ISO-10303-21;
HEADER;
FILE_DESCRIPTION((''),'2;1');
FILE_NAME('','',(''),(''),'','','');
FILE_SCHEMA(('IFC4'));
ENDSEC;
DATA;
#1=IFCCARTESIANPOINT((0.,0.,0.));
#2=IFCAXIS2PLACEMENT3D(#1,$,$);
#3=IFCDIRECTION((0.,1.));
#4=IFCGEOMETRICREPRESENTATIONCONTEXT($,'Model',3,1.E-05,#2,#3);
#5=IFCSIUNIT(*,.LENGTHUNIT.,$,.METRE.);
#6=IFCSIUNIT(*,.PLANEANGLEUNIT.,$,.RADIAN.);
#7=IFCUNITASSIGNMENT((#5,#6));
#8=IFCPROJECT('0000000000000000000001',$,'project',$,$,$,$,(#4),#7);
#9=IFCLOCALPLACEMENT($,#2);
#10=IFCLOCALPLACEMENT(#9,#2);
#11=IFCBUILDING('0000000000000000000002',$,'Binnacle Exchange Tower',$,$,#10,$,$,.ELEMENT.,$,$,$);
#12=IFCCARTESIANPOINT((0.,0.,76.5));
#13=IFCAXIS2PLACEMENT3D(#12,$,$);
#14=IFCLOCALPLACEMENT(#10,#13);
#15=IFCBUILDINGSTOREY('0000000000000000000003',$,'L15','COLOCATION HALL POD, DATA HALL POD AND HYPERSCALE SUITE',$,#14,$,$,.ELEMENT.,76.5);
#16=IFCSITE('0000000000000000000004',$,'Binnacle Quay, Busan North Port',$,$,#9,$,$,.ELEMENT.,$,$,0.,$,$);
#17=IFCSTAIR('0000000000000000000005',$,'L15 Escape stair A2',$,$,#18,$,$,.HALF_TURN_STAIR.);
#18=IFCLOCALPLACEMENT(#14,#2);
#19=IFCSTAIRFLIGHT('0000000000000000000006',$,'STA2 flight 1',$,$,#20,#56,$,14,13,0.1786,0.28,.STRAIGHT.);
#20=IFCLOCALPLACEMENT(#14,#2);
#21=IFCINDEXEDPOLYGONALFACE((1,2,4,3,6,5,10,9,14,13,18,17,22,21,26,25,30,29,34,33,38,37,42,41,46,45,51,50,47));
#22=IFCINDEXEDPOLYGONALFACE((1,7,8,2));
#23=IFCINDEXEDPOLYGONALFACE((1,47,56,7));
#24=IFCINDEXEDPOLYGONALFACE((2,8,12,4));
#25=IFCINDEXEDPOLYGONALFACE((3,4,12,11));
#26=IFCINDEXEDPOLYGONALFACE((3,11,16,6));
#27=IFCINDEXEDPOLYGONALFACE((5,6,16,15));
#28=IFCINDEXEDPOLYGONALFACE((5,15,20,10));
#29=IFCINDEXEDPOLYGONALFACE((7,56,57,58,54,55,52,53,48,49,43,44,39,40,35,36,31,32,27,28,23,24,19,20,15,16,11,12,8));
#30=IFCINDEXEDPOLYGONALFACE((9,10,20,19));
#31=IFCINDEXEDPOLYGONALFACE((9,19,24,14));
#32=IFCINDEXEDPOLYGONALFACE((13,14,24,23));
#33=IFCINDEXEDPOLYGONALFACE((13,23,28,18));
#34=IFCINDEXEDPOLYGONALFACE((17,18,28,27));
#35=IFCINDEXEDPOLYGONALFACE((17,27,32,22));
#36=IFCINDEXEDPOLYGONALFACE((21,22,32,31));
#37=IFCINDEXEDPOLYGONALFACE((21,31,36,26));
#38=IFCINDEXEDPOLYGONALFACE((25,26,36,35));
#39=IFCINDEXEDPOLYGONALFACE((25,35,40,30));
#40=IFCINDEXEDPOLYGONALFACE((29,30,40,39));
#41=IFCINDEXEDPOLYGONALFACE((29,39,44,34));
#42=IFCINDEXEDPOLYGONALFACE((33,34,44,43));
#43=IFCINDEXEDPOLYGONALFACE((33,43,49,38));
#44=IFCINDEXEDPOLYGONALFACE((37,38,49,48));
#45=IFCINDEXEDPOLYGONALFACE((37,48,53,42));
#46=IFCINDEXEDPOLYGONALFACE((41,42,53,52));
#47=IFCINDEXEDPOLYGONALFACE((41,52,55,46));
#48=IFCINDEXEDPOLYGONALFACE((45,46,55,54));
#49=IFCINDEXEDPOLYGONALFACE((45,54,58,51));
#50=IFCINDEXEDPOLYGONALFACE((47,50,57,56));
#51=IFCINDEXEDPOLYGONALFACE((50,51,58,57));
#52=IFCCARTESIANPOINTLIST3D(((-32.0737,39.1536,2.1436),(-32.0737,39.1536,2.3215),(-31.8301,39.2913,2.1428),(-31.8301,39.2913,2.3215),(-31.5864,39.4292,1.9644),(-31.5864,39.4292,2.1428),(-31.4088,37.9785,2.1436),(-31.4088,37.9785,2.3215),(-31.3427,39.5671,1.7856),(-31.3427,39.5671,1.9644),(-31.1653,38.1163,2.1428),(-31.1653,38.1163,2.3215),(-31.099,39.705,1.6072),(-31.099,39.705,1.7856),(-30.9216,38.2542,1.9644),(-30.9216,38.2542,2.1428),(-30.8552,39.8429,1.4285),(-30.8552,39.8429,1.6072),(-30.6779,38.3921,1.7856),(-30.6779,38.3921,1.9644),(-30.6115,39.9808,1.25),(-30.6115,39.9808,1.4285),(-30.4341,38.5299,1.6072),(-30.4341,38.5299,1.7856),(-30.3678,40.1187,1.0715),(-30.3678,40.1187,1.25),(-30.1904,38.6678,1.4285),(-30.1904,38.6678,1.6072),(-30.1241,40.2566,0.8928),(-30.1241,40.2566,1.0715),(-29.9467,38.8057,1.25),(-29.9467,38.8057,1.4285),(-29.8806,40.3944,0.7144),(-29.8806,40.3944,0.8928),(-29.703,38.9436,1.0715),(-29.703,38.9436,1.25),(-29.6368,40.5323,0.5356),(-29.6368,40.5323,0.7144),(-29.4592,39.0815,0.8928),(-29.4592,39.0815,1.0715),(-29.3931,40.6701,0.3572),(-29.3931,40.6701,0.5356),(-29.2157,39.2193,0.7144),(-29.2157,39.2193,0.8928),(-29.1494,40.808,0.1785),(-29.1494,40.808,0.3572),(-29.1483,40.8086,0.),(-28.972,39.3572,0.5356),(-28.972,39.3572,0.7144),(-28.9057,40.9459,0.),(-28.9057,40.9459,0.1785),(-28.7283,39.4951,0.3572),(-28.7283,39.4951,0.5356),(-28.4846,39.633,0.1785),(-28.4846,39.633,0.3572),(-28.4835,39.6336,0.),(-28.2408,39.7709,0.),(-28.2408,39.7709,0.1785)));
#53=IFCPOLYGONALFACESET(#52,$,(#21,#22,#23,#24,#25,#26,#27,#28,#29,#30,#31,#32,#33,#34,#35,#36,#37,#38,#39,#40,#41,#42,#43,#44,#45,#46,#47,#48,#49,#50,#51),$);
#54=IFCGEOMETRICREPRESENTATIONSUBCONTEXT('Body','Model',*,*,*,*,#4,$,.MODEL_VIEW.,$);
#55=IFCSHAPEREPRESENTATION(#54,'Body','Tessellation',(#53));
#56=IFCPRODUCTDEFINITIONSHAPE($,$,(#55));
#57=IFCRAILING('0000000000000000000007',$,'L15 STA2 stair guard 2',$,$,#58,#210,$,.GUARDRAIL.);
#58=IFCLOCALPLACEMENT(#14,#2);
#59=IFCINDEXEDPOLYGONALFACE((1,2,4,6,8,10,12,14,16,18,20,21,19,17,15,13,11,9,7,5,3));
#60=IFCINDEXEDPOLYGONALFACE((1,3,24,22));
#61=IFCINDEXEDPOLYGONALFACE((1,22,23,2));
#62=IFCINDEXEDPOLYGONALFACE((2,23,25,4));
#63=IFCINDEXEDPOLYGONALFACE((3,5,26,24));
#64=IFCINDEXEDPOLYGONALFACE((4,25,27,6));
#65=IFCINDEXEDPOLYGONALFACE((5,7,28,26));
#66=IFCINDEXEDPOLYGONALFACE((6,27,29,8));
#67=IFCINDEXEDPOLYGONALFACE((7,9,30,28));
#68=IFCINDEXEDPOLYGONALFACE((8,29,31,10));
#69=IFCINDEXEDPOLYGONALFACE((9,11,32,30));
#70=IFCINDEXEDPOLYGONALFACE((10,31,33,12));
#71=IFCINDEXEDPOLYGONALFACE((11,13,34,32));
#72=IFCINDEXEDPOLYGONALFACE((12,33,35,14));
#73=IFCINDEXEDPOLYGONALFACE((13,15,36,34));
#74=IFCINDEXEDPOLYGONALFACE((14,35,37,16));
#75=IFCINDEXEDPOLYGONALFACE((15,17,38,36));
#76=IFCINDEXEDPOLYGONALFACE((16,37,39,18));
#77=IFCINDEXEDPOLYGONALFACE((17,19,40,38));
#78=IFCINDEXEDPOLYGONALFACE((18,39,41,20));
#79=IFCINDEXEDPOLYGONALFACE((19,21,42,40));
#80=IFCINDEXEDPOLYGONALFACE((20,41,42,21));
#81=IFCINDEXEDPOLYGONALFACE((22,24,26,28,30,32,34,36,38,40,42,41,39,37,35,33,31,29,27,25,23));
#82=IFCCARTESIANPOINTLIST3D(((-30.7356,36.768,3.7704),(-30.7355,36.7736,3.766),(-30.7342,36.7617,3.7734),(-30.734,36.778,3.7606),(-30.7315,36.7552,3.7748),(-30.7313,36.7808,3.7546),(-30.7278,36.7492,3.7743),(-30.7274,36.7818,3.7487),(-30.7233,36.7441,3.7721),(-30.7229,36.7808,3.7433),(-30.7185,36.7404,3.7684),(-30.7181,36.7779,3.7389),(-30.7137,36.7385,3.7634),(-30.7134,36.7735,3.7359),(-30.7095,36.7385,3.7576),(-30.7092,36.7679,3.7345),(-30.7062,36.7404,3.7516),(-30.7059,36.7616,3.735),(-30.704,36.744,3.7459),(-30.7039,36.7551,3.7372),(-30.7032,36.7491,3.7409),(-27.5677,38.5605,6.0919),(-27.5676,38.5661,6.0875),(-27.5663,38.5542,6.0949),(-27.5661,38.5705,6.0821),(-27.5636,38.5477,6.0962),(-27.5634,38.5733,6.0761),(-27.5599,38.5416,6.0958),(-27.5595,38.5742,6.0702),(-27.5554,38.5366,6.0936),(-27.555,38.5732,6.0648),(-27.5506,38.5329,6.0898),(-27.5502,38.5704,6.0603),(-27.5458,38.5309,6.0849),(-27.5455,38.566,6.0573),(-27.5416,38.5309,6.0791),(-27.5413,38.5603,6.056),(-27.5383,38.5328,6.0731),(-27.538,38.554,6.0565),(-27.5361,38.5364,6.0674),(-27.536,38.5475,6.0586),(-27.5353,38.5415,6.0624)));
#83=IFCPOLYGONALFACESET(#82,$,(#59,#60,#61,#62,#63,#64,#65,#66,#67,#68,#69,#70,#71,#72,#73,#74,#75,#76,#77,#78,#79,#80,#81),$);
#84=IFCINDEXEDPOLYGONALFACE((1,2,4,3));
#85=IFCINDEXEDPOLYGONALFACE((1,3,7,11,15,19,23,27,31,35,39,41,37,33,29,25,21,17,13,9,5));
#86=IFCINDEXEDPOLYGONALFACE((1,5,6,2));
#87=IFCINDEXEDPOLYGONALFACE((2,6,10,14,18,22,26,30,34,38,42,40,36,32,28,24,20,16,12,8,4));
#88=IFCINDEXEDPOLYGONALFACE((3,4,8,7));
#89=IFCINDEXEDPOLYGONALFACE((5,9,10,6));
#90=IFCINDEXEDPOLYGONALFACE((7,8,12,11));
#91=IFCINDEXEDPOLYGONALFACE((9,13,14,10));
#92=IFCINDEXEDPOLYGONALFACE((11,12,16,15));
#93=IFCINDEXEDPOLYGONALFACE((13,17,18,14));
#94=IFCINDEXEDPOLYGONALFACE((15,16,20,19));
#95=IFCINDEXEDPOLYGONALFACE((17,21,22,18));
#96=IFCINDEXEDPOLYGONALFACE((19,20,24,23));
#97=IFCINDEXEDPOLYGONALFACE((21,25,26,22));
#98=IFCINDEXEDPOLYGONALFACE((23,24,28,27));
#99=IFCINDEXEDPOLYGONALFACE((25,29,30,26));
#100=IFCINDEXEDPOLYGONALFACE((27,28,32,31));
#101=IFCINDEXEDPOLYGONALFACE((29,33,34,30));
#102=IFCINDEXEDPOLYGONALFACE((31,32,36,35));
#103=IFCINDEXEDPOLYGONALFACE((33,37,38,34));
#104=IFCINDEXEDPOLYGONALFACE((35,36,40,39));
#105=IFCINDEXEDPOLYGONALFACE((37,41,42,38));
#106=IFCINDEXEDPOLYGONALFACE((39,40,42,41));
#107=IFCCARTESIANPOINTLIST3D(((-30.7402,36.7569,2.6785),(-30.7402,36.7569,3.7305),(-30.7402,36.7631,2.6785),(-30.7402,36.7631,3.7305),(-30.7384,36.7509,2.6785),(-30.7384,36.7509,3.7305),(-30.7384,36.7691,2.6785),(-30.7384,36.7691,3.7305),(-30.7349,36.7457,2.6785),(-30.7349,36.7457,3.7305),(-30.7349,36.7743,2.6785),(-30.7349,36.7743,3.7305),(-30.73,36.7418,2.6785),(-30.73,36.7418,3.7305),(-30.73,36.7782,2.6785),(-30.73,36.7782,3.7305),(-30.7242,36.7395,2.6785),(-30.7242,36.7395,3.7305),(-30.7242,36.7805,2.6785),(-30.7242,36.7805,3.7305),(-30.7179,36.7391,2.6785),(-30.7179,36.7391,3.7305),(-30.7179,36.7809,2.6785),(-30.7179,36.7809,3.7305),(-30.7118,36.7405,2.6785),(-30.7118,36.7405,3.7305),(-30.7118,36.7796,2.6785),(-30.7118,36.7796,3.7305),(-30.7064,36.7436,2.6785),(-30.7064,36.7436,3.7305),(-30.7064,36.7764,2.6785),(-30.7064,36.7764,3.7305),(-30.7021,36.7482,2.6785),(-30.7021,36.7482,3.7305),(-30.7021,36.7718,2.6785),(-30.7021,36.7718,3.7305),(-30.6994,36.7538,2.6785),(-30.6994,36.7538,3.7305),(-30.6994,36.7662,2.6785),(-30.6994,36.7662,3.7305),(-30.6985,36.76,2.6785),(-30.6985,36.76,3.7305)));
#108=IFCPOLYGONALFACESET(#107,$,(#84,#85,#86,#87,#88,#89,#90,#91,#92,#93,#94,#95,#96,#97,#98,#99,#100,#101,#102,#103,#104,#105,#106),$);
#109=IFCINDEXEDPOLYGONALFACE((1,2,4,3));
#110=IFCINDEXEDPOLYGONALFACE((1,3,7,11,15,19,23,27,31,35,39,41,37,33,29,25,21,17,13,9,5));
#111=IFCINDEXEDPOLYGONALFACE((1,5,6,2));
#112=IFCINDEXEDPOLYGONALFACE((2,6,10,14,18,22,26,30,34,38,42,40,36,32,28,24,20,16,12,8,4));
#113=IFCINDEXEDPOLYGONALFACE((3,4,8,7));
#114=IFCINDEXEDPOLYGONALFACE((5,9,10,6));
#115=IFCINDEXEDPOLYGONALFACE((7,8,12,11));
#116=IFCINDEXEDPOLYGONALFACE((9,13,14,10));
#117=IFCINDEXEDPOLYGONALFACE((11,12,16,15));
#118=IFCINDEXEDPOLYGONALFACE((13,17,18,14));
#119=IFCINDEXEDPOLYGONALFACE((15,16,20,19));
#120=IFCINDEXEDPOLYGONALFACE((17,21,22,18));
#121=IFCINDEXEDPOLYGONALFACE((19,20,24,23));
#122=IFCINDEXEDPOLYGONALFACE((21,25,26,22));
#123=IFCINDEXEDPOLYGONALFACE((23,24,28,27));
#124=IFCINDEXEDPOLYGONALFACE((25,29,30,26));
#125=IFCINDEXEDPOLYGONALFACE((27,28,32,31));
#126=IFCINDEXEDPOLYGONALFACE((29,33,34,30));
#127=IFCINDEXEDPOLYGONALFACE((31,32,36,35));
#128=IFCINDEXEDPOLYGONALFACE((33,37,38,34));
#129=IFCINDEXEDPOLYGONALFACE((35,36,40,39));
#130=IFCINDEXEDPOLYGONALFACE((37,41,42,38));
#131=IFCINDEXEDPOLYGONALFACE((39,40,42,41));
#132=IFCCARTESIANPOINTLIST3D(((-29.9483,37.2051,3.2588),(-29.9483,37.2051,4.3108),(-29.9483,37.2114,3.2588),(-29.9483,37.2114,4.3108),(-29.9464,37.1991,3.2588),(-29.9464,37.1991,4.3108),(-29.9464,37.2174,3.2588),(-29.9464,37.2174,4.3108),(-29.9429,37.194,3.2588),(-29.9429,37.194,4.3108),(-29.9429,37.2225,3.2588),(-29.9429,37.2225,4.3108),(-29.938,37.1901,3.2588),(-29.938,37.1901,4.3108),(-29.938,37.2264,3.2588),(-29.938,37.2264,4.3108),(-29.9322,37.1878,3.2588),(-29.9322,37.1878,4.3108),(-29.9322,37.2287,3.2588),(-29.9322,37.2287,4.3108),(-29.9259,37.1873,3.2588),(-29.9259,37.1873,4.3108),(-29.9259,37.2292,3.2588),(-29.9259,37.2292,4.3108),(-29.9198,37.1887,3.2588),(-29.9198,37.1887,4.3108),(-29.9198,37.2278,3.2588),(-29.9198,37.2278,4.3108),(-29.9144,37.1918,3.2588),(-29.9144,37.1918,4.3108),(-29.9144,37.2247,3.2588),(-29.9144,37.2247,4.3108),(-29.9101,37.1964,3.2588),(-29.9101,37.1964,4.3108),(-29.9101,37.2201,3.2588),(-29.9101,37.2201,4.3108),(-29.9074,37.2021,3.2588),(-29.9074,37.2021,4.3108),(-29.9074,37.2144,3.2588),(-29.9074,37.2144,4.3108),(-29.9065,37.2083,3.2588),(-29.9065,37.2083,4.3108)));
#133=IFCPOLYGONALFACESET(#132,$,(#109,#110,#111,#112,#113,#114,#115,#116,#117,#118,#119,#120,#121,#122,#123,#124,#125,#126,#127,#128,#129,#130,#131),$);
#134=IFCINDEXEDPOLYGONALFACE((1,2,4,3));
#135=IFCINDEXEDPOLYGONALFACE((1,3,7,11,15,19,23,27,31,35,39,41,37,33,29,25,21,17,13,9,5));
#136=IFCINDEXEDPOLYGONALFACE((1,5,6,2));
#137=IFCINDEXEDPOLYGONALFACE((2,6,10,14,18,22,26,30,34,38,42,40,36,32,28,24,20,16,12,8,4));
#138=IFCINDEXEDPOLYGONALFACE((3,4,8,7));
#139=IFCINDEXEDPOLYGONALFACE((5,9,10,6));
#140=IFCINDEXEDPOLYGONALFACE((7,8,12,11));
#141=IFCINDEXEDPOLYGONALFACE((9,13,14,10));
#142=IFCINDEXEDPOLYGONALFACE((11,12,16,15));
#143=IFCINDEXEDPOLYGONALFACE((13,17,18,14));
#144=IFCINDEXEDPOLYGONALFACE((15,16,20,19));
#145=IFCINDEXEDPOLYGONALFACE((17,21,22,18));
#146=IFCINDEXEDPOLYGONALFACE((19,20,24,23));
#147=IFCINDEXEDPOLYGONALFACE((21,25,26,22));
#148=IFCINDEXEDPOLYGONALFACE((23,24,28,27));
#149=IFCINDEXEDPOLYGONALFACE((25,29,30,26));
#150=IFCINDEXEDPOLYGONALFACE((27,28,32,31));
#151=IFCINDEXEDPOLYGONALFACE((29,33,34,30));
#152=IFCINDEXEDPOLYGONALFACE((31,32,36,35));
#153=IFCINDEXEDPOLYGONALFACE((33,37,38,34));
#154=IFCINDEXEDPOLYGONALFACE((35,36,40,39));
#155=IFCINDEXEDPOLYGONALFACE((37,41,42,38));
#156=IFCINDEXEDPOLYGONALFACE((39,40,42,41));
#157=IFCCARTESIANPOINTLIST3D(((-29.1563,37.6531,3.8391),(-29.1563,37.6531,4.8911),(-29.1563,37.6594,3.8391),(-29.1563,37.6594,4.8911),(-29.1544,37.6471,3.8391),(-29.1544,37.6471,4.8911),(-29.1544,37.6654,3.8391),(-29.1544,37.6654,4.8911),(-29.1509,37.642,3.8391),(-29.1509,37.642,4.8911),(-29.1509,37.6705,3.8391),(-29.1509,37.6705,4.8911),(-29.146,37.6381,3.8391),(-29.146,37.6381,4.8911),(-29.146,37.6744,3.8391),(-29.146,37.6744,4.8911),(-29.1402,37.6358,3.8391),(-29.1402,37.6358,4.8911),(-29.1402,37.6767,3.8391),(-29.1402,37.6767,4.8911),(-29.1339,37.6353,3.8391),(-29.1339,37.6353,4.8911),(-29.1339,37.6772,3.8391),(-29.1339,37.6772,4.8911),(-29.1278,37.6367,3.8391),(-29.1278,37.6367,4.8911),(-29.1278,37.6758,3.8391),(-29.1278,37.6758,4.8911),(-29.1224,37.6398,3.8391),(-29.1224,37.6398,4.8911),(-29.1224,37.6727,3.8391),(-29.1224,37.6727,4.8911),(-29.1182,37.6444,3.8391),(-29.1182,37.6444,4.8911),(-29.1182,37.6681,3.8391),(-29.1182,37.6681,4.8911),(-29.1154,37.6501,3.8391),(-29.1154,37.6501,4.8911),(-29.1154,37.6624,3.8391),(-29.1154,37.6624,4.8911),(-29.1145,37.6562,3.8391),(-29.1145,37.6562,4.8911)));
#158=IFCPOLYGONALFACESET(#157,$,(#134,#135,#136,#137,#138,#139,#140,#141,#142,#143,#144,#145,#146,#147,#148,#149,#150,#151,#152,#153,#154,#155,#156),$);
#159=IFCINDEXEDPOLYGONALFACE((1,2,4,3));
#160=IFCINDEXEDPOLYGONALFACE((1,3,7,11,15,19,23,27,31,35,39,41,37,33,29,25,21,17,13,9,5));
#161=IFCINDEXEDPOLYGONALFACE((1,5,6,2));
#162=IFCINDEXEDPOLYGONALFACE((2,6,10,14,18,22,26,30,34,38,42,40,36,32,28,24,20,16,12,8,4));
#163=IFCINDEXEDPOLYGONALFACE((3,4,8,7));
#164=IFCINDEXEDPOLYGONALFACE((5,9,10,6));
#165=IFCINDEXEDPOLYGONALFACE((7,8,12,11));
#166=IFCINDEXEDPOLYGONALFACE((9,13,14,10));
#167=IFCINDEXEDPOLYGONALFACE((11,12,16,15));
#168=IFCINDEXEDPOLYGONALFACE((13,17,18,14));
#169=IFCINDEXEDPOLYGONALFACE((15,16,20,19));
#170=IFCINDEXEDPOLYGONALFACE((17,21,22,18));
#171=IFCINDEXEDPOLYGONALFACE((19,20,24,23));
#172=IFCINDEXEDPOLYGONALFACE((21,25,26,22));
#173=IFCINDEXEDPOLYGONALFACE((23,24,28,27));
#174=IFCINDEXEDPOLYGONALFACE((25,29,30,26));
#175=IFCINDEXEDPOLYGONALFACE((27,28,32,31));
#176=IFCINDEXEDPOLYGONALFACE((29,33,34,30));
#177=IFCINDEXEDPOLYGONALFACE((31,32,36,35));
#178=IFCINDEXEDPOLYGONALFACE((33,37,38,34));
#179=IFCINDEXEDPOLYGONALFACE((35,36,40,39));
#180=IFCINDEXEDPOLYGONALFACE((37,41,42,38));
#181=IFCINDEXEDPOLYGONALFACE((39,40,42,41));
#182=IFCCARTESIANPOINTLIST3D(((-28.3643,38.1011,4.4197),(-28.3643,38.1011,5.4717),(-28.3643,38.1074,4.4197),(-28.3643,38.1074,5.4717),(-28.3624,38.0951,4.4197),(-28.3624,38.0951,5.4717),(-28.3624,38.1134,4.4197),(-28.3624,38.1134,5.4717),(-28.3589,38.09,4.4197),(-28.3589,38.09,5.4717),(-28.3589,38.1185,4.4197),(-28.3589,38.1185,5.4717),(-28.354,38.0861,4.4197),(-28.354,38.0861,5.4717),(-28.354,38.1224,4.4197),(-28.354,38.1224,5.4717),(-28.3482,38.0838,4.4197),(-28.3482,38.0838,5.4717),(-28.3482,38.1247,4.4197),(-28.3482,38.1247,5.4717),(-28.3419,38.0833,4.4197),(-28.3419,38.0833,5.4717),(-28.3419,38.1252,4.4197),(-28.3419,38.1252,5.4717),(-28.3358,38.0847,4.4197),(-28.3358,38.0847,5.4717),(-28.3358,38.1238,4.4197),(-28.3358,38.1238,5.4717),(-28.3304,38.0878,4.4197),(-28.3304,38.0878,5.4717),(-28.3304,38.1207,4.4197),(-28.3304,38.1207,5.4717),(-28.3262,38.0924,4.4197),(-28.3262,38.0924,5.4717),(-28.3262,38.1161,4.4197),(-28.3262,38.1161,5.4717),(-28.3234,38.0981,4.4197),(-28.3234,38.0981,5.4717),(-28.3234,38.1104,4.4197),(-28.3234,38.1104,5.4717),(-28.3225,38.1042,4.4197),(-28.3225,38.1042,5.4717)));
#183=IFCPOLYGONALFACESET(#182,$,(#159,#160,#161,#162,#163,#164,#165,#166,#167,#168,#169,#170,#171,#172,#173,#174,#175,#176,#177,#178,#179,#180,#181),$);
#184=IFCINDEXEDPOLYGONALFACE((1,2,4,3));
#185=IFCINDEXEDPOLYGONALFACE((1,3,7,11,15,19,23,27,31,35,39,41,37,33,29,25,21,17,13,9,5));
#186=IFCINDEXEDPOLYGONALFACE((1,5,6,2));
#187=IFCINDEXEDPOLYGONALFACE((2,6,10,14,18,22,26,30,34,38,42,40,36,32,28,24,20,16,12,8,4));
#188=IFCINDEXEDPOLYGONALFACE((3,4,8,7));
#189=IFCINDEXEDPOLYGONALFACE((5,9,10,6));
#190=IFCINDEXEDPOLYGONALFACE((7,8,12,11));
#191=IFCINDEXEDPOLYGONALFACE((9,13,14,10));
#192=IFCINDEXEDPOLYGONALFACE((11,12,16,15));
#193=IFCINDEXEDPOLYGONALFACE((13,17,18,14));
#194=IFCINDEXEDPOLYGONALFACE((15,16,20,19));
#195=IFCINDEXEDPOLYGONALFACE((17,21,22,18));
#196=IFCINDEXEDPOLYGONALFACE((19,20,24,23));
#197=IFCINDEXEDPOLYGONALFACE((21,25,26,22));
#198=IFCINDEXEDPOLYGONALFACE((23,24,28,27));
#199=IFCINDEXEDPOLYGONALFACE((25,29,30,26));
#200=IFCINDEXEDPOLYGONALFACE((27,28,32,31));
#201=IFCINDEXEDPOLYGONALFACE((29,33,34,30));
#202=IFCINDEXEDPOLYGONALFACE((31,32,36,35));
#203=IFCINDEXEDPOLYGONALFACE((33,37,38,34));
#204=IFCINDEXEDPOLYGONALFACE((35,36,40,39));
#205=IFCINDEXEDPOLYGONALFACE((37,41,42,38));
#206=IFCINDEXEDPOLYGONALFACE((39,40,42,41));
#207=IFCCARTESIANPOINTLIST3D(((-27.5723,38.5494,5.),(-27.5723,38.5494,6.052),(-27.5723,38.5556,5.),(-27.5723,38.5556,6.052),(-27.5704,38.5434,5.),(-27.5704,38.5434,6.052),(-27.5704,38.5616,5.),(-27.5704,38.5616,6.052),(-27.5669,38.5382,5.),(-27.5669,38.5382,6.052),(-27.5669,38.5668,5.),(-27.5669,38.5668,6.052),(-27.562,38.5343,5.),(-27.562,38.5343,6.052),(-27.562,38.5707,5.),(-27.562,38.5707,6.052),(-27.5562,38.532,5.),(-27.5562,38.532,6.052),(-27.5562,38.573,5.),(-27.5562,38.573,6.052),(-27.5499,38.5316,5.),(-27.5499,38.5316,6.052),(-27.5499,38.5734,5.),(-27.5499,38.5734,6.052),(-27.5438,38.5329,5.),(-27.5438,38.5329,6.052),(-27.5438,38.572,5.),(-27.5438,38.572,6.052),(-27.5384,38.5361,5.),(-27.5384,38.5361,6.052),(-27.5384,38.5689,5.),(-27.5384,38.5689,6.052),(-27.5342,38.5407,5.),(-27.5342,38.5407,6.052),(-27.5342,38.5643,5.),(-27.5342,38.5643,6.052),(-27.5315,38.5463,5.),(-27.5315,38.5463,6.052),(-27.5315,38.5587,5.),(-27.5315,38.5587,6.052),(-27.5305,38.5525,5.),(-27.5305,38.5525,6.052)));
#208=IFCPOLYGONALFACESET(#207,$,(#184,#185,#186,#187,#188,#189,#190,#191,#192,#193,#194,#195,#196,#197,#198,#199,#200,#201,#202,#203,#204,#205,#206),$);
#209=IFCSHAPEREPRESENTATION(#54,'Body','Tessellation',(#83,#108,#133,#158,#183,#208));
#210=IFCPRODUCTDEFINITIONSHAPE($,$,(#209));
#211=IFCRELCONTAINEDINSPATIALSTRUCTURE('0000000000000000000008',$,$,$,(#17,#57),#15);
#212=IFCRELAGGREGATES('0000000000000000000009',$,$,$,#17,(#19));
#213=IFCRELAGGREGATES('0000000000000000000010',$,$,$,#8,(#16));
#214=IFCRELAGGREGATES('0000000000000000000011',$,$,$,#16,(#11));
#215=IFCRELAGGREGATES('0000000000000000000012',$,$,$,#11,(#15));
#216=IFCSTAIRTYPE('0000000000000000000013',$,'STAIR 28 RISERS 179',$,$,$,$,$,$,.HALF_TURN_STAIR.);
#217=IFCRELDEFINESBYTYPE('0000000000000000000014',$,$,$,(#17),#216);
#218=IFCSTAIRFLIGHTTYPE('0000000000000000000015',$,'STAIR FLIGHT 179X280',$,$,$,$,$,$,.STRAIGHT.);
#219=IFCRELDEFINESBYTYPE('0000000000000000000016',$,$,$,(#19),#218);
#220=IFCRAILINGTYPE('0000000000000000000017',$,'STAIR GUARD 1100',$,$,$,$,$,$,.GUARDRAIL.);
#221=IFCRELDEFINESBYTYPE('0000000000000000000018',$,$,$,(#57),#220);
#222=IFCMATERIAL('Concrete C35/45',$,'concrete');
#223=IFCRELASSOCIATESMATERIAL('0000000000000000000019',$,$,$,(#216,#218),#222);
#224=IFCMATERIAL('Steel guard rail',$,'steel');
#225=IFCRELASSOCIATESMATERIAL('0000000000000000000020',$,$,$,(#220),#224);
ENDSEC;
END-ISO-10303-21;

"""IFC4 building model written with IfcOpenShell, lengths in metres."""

from ifc_helpers import new_model, si_unit, direction, frame, origin, origin_2d, place, context, subcontext, project, spatial, polyline, circle, outline, extrude, material, type_object, element, aggregate, save


model = new_model("IFC4")

# Units and contexts
model_context = context("Model", 3, precision=1e-05, world=origin(), true_north=direction((0.0, 1.0)))
body_context = subcontext(model_context, "Body", "Model", "MODEL_VIEW")
ifc_project = project(units=[si_unit("LENGTHUNIT", "METRE"), si_unit("PLANEANGLEUNIT", "RADIAN")], contexts=[model_context])

# Site, building, storey
site_placement = place(None, origin())
site = spatial("IfcSite", under=ifc_project, at=site_placement, Name="Binnacle Quay, Busan North Port", CompositionType="ELEMENT", RefElevation=0.0)
building_placement = place(site_placement, origin())
building = spatial("IfcBuilding", under=site, at=building_placement, Name="Binnacle Exchange Tower", CompositionType="ELEMENT")
storey_placement = place(building_placement, frame((0.0, 0.0, 76.5)))
storey = spatial("IfcBuildingStorey", under=building, at=storey_placement, Name="L15", Description="COLOCATION HALL POD, DATA HALL POD AND HYPERSCALE SUITE", CompositionType="ELEMENT", Elevation=76.5)

# Stair, stair flight
ifc_material_1 = material(Name="Concrete C35/45", Category="concrete")
stair_type = type_object("IfcStairType", Name="STAIR 28 RISERS 179", PredefinedType="HALF_TURN_STAIR", material=ifc_material_1)
stair_placement = place(storey_placement, origin())
stair = element("IfcStair", 1, at=stair_placement, inside=storey, type_object=stair_type, Name="L15 Escape stair A2", PredefinedType="HALF_TURN_STAIR")
stair_flight_type = type_object("IfcStairFlightType", Name="STAIR FLIGHT 179X280", PredefinedType="STRAIGHT", material=ifc_material_1)
stair_flight_placement = place(storey_placement, frame((-28.5732, 40.3584, 0.0), z_axis=(0.0, 0.0, 1.0), x_axis=(-0.870356, -0.492424, 0.0)))
stair_flight = element("IfcStairFlight", 2, at=stair_flight_placement, type_object=stair_flight_type, Name="STA2 flight 1", NumberOfRisers=14, NumberOfTreads=13, PredefinedType="STRAIGHT", RiserHeight=0.1786, TreadLength=0.28, context=body_context, shape_type="SweptSolid", body=[
    extrude(outline(polyline([(0.0, 0.0), (0.0, 0.1785), (0.28, 0.1785), (0.28, 0.3572), (0.5601, 0.3572), (0.5601, 0.5356), (0.8401, 0.5356), (0.8401, 0.7144), (1.1201, 0.7144), (1.1201, 0.8928), (1.3999, 0.8928), (1.3999, 1.0715), (1.6799, 1.0715), (1.6799, 1.25), (1.96, 1.25), (1.96, 1.4285), (2.24, 1.4285), (2.24, 1.6072), (2.52, 1.6072), (2.52, 1.7856), (2.8, 1.7856), (2.8, 1.9644), (3.0801, 1.9644), (3.0801, 2.1428), (3.3601, 2.1428), (3.3601, 2.3215), (3.6399, 2.3215), (3.6399, 2.5), (3.6399, 2.1436), (0.2788, 0.0), (0.0, 0.0)])), frame((0.0, 0.675, 0.0), z_axis=(0.0, -1.0, 0.0), x_axis=(1.0, 0.0, 0.0)), (0.0, 0.0, 1.0), 1.3501),
])
aggregate(stair, [stair_flight])

# Railing
ifc_material_2 = material(Name="Steel guard rail", Category="steel")
railing_type_1 = type_object("IfcRailingType", Name="STAIR GUARD 1100", PredefinedType="GUARDRAIL", material=ifc_material_2)
railing_1_placement = place(storey_placement, frame((-30.7195, 36.76, 2.6785)))
element("IfcRailing", 3, at=railing_1_placement, inside=storey, type_object=railing_type_1, Name="L15 STA2 stair guard 2", PredefinedType="GUARDRAIL", context=body_context, shape_type="SweptSolid", body=[
    extrude(circle(Radius=0.0239, at=origin_2d()), frame((0.0, 0.0, 1.0762), z_axis=(0.733796, 0.415192, 0.537736), x_axis=(-0.492451, 0.87034, 0.0)), (0.0, 0.0, 1.0), 4.3171),
    extrude(circle(Radius=0.021, at=origin_2d()), origin(), (0.0, 0.0, 1.0), 1.052),
    extrude(circle(Radius=0.021, at=origin_2d()), frame((0.792, 0.4482, 0.5803)), (0.0, 0.0, 1.0), 1.052),
    extrude(circle(Radius=0.021, at=origin_2d()), frame((1.584, 0.8962, 1.1606)), (0.0, 0.0, 1.0), 1.052),
    extrude(circle(Radius=0.021, at=origin_2d()), frame((2.376, 1.3442, 1.7412)), (0.0, 0.0, 1.0), 1.052),
    extrude(circle(Radius=0.021, at=origin_2d()), frame((3.168, 1.7925, 2.3215)), (0.0, 0.0, 1.0), 1.052),
])

save(model, "model.ifc")
